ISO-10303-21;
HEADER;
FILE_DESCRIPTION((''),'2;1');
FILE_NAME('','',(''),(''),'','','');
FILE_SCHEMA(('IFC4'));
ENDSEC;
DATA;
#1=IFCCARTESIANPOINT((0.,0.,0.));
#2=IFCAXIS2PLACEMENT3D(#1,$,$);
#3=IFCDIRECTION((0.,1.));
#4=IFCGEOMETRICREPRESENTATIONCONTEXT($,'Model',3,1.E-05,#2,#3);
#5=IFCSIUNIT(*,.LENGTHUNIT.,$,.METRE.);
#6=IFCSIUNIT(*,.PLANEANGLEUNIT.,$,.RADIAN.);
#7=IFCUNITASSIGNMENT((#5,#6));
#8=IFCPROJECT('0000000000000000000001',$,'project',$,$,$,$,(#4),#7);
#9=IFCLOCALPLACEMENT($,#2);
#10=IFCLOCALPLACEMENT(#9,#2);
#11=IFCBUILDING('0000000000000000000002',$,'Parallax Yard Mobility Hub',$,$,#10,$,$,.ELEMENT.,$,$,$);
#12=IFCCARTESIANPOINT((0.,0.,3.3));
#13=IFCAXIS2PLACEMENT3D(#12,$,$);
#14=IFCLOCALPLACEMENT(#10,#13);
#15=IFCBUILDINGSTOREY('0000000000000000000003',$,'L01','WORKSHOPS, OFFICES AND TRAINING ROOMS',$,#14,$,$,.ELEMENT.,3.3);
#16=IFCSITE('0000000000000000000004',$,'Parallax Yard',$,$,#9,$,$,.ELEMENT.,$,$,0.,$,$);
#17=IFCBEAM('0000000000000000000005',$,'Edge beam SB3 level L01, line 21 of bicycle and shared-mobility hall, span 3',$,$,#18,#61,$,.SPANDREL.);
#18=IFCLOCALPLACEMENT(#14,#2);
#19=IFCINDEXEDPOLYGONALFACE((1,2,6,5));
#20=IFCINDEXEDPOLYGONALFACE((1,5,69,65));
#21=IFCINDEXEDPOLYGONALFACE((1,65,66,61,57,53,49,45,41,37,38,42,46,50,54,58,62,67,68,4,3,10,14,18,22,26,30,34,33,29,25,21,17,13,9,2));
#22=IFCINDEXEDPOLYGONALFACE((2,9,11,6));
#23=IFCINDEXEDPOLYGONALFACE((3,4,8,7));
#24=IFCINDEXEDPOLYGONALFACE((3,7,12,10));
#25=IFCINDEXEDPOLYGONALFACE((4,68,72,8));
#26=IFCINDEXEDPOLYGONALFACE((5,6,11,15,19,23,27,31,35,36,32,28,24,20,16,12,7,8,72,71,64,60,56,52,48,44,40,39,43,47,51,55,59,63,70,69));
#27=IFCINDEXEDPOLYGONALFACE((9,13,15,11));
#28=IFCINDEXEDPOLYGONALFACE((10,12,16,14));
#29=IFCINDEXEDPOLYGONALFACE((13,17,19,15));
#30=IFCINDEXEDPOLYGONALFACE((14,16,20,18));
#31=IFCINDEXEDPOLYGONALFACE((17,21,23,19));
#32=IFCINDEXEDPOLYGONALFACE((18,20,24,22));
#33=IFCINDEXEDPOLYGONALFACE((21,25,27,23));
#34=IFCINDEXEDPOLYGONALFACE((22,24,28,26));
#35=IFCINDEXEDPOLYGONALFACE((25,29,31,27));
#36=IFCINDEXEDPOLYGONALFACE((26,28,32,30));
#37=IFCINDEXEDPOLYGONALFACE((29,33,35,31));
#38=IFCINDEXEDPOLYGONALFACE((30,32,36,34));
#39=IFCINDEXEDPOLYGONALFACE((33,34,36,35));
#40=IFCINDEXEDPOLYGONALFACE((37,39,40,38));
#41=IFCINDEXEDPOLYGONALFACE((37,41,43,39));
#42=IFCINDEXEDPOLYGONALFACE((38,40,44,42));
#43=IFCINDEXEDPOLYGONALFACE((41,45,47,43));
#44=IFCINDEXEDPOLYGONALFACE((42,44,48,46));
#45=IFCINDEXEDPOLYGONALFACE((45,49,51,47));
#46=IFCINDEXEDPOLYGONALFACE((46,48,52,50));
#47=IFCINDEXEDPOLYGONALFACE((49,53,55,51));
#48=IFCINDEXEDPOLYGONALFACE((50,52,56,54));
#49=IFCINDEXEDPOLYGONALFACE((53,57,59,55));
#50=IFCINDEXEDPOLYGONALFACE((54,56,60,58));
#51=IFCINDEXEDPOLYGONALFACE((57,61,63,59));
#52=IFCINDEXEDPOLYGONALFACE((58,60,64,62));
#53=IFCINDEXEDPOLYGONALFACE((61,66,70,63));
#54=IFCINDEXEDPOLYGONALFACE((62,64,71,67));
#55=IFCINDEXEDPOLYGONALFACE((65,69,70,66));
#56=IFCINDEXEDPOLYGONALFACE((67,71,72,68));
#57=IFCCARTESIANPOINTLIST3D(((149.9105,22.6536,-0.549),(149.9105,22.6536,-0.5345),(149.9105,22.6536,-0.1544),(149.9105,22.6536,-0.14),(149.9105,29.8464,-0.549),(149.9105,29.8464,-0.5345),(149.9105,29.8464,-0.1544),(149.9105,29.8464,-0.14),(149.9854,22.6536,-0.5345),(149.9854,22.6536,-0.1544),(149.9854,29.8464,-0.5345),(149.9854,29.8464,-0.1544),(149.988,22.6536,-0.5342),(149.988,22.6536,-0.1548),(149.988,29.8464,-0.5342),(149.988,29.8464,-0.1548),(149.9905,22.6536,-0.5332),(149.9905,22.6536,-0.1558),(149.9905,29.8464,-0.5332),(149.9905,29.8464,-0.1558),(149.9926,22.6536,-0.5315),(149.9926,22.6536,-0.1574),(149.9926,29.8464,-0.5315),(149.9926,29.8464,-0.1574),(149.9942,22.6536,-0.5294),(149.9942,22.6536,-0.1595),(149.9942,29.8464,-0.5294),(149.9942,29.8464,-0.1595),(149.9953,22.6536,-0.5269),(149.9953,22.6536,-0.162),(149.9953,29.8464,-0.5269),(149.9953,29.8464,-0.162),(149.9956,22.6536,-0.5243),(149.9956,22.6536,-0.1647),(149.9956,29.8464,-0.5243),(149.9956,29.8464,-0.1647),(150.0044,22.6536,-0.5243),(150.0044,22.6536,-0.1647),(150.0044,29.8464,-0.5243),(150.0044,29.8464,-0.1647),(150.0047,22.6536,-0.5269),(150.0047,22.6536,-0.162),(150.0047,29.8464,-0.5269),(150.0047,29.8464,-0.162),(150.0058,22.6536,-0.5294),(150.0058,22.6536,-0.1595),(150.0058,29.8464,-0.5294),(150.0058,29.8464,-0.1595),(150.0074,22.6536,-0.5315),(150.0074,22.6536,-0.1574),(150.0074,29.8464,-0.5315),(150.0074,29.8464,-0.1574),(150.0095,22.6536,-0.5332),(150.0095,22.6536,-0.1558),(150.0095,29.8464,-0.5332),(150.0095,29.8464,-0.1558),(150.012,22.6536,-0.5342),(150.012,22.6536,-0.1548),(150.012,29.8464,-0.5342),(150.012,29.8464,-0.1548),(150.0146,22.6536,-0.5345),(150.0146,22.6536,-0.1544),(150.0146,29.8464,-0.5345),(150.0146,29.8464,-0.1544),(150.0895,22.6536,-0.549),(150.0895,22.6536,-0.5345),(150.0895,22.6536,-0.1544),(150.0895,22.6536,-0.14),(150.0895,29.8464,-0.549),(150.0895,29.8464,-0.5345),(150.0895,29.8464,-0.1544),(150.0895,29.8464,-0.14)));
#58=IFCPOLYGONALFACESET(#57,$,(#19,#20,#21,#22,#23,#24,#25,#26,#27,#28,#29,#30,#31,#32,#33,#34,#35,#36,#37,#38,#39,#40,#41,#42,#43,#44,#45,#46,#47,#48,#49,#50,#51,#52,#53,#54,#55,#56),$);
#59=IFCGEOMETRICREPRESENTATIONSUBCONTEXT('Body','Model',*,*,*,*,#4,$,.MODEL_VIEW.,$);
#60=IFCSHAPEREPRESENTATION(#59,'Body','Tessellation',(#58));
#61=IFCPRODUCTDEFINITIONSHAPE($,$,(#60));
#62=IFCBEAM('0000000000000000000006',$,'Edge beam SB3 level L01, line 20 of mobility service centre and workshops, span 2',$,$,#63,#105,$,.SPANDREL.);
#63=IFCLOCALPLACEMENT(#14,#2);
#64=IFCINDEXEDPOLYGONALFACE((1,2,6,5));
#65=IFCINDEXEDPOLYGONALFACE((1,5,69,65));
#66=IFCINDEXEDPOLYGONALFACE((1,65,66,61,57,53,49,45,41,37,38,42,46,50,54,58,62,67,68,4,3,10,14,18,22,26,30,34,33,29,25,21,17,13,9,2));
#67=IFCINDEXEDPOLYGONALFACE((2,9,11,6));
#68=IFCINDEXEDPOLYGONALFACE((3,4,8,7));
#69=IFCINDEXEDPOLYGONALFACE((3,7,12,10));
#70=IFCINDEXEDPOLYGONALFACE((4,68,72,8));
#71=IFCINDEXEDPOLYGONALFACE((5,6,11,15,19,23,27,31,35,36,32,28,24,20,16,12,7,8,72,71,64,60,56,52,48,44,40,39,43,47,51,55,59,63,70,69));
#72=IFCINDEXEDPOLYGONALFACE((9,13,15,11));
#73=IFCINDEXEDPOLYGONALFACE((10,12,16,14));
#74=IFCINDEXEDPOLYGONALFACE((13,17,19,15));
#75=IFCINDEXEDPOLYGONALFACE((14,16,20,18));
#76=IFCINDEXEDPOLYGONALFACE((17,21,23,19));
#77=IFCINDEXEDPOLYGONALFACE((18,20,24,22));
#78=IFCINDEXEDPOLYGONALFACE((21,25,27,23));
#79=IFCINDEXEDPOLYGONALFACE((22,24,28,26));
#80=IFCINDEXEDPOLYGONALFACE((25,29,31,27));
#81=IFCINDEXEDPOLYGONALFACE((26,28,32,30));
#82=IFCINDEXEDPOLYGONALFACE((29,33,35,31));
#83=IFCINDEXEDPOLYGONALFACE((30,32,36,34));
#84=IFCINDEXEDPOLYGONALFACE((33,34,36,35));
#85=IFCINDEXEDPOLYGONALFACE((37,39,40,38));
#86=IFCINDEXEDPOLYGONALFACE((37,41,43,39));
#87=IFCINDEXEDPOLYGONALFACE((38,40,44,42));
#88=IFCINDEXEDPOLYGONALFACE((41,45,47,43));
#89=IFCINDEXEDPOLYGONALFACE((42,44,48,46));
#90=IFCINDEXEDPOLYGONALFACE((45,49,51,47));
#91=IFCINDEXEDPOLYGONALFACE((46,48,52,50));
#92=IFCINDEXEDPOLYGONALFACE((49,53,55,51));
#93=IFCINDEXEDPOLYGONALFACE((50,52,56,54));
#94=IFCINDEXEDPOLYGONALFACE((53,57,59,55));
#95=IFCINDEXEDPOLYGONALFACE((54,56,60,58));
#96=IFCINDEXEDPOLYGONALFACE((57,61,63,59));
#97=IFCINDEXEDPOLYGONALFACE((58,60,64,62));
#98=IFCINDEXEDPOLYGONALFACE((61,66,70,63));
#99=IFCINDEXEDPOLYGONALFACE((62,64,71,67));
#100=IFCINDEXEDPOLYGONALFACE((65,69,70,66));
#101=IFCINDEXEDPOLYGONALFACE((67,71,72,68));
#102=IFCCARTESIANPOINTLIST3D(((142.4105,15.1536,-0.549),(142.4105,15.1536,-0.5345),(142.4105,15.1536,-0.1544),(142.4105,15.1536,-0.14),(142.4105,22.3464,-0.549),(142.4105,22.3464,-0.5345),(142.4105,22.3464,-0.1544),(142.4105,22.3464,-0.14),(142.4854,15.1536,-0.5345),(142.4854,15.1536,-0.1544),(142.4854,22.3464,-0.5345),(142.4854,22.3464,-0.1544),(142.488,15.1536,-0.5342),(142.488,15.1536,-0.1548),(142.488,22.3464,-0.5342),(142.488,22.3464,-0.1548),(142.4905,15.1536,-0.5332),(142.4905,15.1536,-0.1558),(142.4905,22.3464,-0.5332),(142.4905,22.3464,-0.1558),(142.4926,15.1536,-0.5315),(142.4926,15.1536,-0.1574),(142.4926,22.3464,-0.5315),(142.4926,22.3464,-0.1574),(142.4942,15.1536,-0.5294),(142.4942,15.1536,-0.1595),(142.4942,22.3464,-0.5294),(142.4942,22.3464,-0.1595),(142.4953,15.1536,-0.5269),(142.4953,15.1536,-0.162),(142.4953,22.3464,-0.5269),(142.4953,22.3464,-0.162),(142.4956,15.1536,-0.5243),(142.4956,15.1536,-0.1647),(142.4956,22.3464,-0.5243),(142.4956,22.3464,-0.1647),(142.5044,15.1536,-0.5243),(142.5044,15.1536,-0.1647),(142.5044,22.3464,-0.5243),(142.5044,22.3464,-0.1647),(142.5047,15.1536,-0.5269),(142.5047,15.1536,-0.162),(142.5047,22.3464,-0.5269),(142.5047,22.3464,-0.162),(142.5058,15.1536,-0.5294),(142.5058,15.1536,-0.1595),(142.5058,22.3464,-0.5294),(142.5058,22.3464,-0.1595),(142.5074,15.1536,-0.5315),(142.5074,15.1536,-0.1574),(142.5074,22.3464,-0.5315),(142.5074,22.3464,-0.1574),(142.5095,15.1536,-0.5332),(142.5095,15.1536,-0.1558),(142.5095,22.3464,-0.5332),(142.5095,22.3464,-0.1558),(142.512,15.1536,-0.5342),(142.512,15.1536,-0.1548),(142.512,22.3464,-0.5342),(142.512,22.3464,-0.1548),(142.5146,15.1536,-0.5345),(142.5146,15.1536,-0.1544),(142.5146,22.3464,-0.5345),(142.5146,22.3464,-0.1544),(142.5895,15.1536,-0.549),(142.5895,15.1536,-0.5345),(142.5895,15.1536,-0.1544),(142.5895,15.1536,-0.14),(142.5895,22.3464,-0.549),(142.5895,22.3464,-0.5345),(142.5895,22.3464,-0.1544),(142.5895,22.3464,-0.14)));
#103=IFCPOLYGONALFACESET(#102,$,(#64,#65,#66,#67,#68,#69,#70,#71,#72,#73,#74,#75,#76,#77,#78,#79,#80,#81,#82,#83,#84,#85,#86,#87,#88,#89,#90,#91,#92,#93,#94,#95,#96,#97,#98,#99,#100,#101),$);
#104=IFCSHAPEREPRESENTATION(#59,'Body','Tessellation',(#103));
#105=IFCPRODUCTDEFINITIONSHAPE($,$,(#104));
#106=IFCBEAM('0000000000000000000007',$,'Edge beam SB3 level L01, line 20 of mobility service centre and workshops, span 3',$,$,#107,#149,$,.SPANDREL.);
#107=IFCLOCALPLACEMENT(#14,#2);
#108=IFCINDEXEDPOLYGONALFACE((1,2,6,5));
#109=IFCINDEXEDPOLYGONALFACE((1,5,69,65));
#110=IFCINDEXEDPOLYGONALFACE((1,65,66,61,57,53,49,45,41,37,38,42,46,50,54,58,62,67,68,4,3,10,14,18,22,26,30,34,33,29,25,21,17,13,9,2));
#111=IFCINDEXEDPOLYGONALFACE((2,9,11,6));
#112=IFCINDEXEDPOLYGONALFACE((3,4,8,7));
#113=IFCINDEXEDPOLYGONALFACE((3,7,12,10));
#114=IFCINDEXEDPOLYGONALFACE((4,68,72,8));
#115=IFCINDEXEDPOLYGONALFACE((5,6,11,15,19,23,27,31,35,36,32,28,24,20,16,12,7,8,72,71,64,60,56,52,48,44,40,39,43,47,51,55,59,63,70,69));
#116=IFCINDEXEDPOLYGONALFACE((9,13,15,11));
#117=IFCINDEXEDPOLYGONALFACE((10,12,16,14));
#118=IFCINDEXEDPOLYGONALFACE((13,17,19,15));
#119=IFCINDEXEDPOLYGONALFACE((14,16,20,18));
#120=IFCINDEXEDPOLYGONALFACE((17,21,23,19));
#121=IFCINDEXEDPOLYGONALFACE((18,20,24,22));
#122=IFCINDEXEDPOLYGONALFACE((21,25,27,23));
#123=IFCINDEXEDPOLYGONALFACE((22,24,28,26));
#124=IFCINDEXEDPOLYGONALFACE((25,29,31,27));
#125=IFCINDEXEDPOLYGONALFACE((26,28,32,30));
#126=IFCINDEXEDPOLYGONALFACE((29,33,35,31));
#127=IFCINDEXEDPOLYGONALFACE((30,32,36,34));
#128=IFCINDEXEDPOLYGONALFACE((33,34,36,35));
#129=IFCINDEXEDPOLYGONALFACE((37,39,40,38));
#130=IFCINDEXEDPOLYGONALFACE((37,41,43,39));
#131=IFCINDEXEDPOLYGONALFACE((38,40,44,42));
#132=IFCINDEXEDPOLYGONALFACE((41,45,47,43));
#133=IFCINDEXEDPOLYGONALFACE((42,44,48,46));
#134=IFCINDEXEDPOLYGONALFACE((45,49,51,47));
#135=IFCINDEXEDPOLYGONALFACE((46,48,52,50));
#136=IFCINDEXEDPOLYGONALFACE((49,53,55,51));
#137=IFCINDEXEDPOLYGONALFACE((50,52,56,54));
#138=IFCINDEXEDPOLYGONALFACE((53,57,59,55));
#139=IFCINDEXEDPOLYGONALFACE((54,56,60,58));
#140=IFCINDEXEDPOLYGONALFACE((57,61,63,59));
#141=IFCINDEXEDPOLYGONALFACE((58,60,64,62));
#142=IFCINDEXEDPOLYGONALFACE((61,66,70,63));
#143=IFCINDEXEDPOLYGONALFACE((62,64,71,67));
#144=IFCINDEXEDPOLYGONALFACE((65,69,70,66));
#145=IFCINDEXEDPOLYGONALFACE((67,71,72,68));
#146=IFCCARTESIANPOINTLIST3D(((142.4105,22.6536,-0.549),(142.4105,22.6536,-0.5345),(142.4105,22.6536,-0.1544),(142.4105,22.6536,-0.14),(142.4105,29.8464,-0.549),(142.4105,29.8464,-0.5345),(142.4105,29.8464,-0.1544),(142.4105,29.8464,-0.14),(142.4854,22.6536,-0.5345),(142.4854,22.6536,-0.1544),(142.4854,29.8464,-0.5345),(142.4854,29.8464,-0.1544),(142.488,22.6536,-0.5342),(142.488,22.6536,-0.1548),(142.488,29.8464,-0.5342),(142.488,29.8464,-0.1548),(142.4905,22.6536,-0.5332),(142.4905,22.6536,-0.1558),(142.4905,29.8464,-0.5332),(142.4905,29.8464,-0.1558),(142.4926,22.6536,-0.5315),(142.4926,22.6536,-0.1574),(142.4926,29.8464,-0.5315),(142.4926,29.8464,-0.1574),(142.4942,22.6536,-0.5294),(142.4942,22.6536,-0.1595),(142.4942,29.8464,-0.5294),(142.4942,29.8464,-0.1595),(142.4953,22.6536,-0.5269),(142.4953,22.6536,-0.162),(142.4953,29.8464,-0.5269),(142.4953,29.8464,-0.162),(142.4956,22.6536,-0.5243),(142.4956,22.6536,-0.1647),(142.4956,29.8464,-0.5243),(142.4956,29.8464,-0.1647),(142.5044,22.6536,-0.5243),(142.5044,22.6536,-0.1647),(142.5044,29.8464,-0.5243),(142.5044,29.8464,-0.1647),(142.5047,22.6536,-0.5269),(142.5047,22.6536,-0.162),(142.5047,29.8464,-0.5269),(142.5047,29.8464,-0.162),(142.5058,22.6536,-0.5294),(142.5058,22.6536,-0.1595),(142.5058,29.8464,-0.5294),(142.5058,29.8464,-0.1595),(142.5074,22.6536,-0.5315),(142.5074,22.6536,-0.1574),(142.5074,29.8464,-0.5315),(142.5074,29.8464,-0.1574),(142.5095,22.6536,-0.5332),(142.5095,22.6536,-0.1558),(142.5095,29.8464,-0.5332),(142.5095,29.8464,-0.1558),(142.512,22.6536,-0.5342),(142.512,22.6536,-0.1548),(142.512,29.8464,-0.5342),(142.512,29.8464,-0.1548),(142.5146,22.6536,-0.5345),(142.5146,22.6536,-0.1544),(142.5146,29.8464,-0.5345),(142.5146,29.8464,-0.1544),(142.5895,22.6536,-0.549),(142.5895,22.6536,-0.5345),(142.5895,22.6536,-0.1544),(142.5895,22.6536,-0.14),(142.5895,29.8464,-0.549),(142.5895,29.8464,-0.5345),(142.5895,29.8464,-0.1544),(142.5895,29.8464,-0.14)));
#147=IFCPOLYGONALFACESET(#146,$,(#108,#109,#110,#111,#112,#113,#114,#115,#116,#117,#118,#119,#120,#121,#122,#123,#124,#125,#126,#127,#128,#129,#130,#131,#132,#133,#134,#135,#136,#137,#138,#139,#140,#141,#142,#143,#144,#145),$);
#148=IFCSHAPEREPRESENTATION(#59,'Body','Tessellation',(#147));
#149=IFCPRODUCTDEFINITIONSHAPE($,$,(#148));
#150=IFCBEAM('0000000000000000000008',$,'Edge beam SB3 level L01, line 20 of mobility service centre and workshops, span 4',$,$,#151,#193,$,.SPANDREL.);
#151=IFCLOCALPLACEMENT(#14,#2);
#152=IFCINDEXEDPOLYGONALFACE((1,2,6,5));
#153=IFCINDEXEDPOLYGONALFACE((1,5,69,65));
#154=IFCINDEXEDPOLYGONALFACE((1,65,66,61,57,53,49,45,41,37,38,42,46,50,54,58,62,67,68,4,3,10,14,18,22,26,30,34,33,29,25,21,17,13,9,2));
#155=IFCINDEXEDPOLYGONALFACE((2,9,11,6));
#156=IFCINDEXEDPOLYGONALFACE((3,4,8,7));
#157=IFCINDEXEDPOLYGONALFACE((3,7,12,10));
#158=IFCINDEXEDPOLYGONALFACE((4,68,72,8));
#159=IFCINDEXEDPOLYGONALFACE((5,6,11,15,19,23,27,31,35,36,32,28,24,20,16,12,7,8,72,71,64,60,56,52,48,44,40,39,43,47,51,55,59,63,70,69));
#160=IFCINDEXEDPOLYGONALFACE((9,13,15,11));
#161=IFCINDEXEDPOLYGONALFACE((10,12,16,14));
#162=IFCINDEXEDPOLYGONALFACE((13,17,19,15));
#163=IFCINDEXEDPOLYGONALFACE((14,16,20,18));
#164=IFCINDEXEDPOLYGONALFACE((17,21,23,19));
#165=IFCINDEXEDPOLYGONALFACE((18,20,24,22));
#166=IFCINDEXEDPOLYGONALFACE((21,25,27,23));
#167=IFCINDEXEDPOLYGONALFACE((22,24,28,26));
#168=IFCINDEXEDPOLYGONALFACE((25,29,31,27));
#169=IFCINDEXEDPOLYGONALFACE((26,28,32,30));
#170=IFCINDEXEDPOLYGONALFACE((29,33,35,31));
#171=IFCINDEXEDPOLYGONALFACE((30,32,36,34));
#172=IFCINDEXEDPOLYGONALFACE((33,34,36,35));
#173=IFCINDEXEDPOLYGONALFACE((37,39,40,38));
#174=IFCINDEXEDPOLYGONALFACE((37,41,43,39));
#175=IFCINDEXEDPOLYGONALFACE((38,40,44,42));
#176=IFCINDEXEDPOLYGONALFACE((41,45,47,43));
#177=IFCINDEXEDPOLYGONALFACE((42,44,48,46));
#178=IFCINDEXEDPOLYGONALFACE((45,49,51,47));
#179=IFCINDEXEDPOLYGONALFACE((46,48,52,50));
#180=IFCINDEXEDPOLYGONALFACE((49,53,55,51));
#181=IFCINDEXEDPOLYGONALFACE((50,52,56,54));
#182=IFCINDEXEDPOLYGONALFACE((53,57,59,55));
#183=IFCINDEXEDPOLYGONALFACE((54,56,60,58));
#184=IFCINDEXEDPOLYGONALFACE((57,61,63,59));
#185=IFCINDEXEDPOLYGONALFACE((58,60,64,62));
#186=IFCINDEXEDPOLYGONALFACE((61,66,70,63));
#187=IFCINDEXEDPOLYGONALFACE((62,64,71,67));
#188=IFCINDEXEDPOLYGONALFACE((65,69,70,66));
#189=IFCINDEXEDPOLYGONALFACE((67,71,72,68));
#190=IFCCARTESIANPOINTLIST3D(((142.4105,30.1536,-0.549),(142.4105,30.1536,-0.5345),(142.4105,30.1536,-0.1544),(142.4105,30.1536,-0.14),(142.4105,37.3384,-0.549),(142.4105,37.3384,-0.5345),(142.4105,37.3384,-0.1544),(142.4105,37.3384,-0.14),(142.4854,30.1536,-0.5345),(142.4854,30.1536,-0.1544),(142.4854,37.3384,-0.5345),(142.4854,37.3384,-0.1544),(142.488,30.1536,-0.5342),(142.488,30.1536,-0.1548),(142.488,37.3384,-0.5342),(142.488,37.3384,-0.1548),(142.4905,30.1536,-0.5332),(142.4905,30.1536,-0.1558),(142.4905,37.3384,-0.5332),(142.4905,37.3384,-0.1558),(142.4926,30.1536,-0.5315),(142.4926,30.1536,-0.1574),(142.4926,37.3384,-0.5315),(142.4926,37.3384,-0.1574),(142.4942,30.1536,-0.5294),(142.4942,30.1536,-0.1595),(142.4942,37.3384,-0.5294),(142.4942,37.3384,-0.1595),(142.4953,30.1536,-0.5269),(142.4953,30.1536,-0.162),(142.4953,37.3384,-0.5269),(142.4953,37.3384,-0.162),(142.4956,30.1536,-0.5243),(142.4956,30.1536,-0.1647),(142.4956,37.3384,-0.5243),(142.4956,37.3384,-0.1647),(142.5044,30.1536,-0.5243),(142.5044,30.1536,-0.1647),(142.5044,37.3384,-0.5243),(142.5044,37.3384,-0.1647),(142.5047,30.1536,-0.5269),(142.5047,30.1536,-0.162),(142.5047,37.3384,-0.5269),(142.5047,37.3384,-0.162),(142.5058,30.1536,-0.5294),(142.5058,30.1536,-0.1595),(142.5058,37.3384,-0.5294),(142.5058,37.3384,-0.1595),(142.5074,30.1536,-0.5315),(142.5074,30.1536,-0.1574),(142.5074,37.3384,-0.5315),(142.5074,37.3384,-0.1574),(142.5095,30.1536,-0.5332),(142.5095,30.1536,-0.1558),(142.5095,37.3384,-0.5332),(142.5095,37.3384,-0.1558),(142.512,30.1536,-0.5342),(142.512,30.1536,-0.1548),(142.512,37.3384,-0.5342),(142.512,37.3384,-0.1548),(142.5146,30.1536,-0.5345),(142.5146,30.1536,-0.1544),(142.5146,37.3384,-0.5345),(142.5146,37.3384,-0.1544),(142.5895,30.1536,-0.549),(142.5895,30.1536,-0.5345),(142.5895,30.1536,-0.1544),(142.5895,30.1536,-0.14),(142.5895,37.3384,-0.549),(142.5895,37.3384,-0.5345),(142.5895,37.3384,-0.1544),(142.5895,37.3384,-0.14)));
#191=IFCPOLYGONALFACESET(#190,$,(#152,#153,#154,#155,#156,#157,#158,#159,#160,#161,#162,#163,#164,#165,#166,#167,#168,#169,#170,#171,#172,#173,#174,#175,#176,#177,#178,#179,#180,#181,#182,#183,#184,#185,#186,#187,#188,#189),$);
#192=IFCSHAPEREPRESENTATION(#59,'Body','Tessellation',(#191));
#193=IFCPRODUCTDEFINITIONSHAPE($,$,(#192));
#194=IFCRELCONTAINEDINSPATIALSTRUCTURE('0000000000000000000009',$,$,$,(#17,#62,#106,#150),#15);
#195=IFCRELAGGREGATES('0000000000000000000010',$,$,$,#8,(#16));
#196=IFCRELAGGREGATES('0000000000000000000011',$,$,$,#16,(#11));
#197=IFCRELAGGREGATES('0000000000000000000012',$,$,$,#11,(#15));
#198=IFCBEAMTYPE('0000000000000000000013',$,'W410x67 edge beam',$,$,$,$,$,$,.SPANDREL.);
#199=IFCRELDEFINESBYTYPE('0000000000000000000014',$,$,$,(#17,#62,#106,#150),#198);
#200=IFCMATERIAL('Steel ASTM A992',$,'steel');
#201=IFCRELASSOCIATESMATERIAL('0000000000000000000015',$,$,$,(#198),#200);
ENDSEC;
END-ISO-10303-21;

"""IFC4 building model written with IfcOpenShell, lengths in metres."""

from ifc_helpers import new_model, si_unit, direction, frame, origin, origin_2d, place, context, subcontext, project, spatial, i_section, extrude, material, material_profile, profile_set, type_object, element, save


model = new_model("IFC4")

# Units and contexts
model_context = context("Model", 3, precision=1e-05, world=origin(), true_north=direction((0.0, 1.0)))
body_context = subcontext(model_context, "Body", "Model", "MODEL_VIEW")
ifc_project = project(units=[si_unit("LENGTHUNIT", "METRE"), si_unit("PLANEANGLEUNIT", "RADIAN")], contexts=[model_context])

# Site, building, storey
site_placement = place(None, origin())
site = spatial("IfcSite", under=ifc_project, at=site_placement, Name="Parallax Yard", CompositionType="ELEMENT", RefElevation=0.0)
building_placement = place(site_placement, origin())
building = spatial("IfcBuilding", under=site, at=building_placement, Name="Parallax Yard Mobility Hub", CompositionType="ELEMENT")
storey_placement = place(building_placement, frame((0.0, 0.0, 3.3)))
storey = spatial("IfcBuildingStorey", under=building, at=storey_placement, Name="L01", Description="WORKSHOPS, OFFICES AND TRAINING ROOMS", CompositionType="ELEMENT", Elevation=3.3)

# Shared definitions
ifc_material_1 = material(Name="Steel ASTM A992", Category="steel")

# Beams
ifc_material_profile_1 = material_profile(ifc_material_1, i_section(OverallWidth=0.179, OverallDepth=0.4089, WebThickness=0.0088, FlangeThickness=0.0144, FilletRadius=0.0103, at=origin_2d()), Name="W410x67")
ifc_profile_set_1 = profile_set([ifc_material_profile_1], Name="Steel ASTM A992")
beam_type_1 = type_object("IfcBeamType", Name="W410x67 edge beam", PredefinedType="SPANDREL", material=ifc_profile_set_1)
for number, where, z_axis, x_axis, name in (
    (1, (150.0, 22.6536, -0.3445), (0.0, 1.0, 0.0), (-1.0, 0.0, 0.0), "Edge beam SB3 level L01, line 21 of bicycle and shared-mobility hall, span 3"),
    (2, (142.5, 15.1536, -0.3445), (0.0, 1.0, 0.0), (-1.0, 0.0, 0.0), "Edge beam SB3 level L01, line 20 of mobility service centre and workshops, span 2"),
    (3, (142.5, 22.6536, -0.3445), (0.0, 1.0, 0.0), (-1.0, 0.0, 0.0), "Edge beam SB3 level L01, line 20 of mobility service centre and workshops, span 3"),
):
    element("IfcBeam", number, at=place(storey_placement, frame(where, z_axis=z_axis, x_axis=x_axis)), inside=storey, type_object=beam_type_1, Name=name, PredefinedType="SPANDREL", context=body_context, shape_type="SweptSolid", body=[
        extrude(i_section(OverallWidth=0.179, OverallDepth=0.4089, WebThickness=0.0088, FlangeThickness=0.0144, FilletRadius=0.0103, at=origin_2d()), origin(), (0.0, 0.0, 1.0), 7.1929),
    ])
beam_placement = place(storey_placement, frame((142.5, 30.1536, -0.3445), z_axis=(0.0, 1.0, 0.0), x_axis=(-1.0, 0.0, 0.0)))
element("IfcBeam", 4, at=beam_placement, inside=storey, type_object=beam_type_1, Name="Edge beam SB3 level L01, line 20 of mobility service centre and workshops, span 4", PredefinedType="SPANDREL", context=body_context, shape_type="SweptSolid", body=[
    extrude(i_section(OverallWidth=0.179, OverallDepth=0.4089, WebThickness=0.0088, FlangeThickness=0.0144, FilletRadius=0.0103, at=origin_2d()), origin(), (0.0, 0.0, 1.0), 7.1848),
])

save(model, "model.ifc")
